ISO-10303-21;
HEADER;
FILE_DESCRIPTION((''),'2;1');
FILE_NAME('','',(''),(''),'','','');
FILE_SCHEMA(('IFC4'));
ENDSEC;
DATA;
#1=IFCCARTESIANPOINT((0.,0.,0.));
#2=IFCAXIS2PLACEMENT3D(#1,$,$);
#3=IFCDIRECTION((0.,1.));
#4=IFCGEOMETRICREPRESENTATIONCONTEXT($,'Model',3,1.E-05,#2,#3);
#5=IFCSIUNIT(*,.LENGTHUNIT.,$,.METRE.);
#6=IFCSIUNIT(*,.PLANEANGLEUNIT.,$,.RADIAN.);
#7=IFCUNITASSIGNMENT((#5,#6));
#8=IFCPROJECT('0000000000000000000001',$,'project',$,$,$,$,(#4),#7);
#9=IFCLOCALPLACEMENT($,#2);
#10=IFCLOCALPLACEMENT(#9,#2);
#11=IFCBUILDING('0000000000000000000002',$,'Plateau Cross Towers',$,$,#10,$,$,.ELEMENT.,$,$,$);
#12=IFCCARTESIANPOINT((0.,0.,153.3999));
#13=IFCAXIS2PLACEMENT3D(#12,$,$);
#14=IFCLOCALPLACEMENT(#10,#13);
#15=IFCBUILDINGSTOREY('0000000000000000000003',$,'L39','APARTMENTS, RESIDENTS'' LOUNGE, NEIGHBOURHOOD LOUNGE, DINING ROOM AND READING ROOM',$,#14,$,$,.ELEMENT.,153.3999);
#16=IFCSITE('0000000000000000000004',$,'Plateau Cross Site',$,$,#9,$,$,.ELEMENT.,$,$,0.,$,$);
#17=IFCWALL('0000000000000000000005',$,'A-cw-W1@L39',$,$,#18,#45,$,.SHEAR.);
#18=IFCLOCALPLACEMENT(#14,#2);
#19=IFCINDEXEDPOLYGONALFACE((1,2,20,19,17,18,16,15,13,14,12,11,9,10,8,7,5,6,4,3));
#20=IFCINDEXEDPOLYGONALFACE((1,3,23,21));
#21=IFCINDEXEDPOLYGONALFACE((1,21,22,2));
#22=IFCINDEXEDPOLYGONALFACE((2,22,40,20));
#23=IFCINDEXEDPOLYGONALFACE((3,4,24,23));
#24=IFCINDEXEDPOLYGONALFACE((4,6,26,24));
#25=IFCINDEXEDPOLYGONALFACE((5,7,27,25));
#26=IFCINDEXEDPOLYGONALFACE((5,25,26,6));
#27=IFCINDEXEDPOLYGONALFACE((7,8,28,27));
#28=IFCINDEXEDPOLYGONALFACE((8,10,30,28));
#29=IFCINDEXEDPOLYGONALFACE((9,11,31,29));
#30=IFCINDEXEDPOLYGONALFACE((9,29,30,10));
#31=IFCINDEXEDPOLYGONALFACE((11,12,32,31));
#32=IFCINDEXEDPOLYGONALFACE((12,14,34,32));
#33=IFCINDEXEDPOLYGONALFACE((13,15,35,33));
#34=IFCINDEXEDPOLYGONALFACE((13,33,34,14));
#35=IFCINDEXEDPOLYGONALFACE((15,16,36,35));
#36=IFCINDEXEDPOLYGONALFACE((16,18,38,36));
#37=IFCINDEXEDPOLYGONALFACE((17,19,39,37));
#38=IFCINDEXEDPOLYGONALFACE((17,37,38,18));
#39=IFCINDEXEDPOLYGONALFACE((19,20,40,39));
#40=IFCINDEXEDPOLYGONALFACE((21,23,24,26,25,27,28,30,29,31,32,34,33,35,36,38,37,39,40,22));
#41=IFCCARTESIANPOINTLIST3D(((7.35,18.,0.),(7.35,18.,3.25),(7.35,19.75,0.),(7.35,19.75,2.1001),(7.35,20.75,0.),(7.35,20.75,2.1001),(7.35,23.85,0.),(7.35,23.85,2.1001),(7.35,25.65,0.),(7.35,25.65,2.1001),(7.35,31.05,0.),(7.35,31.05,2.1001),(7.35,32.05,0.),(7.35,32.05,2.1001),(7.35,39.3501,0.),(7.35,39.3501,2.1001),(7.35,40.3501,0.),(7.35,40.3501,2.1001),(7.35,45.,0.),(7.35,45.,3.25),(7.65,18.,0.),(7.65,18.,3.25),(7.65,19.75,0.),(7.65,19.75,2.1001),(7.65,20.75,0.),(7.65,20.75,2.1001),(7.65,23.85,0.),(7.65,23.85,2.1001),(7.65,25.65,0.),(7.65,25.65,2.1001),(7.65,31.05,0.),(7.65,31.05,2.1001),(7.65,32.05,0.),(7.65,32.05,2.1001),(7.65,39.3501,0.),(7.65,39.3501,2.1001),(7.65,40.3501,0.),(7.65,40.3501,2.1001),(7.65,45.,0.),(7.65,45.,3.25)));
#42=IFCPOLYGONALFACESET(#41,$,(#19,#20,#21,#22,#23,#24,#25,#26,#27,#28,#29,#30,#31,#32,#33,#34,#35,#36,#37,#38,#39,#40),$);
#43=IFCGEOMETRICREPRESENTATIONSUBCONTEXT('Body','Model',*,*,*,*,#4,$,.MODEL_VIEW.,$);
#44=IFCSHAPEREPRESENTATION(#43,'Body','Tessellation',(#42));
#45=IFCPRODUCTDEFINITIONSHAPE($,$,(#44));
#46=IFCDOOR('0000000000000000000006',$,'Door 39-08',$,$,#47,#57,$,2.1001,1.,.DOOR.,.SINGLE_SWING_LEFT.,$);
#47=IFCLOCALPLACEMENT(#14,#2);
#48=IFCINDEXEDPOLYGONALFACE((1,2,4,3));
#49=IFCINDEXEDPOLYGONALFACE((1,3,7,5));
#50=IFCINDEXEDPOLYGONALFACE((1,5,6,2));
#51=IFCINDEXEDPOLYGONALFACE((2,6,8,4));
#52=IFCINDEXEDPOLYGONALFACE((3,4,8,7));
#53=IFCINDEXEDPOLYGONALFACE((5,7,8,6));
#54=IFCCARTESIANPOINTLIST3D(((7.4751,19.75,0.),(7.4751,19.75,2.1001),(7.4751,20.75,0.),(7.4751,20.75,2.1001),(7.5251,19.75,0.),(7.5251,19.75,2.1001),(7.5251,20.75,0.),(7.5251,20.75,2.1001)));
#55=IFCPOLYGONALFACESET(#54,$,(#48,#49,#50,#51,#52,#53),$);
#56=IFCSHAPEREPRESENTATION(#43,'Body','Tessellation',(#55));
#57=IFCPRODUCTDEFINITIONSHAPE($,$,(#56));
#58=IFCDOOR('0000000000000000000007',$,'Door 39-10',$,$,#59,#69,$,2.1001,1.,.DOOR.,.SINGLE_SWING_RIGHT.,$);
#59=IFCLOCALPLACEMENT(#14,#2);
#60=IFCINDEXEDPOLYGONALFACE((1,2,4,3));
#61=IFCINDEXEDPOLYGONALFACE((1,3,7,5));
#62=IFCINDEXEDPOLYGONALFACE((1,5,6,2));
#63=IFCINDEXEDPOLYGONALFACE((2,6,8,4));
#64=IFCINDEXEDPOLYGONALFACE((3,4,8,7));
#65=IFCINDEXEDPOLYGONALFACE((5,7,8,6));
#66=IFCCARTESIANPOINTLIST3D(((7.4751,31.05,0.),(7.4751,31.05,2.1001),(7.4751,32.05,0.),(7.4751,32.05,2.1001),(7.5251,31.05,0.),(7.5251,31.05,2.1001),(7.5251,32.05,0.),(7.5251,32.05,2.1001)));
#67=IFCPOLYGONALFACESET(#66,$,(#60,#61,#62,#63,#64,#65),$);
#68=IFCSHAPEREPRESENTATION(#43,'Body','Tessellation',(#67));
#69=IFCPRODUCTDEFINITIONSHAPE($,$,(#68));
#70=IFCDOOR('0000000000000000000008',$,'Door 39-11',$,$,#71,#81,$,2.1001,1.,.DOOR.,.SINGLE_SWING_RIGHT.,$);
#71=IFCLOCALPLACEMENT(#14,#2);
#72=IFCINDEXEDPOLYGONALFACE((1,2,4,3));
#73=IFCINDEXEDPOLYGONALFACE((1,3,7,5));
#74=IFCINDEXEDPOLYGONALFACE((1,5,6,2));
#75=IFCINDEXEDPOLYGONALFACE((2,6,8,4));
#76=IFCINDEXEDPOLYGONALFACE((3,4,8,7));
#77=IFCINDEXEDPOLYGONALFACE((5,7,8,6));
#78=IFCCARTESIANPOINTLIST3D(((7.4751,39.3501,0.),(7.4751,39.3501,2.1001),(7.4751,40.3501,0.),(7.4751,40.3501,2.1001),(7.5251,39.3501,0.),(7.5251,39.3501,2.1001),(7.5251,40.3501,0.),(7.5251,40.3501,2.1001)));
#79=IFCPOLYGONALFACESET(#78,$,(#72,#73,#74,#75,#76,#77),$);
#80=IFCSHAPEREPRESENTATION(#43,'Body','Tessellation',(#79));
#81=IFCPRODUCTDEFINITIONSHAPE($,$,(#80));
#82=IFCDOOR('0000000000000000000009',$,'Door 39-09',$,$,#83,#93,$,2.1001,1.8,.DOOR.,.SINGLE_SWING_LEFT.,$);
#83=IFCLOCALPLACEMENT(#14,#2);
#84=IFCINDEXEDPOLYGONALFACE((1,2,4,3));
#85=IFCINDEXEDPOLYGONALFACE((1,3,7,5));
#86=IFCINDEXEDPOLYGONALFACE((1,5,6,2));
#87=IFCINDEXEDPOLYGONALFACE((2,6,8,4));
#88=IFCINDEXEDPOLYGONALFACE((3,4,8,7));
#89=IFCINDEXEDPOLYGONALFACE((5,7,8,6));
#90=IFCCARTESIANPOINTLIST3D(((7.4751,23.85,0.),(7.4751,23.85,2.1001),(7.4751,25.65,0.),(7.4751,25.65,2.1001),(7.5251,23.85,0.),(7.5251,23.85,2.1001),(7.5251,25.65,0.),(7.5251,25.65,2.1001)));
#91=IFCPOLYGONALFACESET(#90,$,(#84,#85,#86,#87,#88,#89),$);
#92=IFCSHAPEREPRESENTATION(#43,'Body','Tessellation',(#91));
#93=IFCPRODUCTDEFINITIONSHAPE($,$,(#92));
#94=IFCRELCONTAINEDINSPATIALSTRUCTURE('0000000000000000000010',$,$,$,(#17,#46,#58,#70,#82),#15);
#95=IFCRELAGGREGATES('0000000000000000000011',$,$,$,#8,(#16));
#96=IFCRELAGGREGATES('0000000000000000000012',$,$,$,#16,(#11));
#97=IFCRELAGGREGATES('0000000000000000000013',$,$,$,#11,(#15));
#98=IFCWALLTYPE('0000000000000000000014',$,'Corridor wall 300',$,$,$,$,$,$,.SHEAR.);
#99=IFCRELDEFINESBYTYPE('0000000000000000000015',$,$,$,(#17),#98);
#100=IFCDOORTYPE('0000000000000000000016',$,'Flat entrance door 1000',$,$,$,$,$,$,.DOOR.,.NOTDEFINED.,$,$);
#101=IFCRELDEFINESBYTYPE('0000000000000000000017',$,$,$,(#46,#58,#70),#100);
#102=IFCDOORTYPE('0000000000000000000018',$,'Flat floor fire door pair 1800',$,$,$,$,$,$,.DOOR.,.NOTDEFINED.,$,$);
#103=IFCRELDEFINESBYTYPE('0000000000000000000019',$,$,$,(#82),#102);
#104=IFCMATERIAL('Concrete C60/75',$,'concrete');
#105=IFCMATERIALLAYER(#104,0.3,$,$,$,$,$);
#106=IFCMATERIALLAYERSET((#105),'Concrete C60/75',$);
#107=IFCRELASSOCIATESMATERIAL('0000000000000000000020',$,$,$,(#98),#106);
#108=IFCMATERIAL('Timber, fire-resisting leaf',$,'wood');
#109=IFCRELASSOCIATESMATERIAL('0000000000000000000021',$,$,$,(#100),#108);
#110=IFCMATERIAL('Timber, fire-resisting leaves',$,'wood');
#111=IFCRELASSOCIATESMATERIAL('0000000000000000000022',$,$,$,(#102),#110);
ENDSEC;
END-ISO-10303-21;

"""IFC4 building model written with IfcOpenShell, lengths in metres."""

from ifc_helpers import new_model, si_unit, direction, frame, frame_2d, origin, place, context, subcontext, project, spatial, rectangle, extrude, material, layer, layer_set, type_object, element, fill, save


model = new_model("IFC4")

# Units and contexts
model_context = context("Model", 3, precision=1e-05, world=origin(), true_north=direction((0.0, 1.0)))
body_context = subcontext(model_context, "Body", "Model", "MODEL_VIEW")
ifc_project = project(units=[si_unit("LENGTHUNIT", "METRE"), si_unit("PLANEANGLEUNIT", "RADIAN")], contexts=[model_context])

# Site, building, storey
site_placement = place(None, origin())
site = spatial("IfcSite", under=ifc_project, at=site_placement, Name="Plateau Cross Site", CompositionType="ELEMENT", RefElevation=0.0)
building_placement = place(site_placement, origin())
building = spatial("IfcBuilding", under=site, at=building_placement, Name="Plateau Cross Towers", CompositionType="ELEMENT")
storey_placement = place(building_placement, frame((0.0, 0.0, 153.3999)))
storey = spatial("IfcBuildingStorey", under=building, at=storey_placement, Name="L39", Description="APARTMENTS, RESIDENTS' LOUNGE, NEIGHBOURHOOD LOUNGE, DINING ROOM AND READING ROOM", CompositionType="ELEMENT", Elevation=153.3999)

# Shared definitions
ifc_material_1 = material(Name="Concrete C60/75", Category="concrete")

# Wall, openings, doors
ifc_layer_1 = layer(ifc_material_1, 0.3)
ifc_layer_set_1 = layer_set([ifc_layer_1], Name="Concrete C60/75")
wall_type_1 = type_object("IfcWallType", Name="Corridor wall 300", PredefinedType="SHEAR", material=ifc_layer_set_1)
wall_1_placement = place(storey_placement, frame((7.5, 18.0, 0.0), z_axis=(0.0, 0.0, 1.0), x_axis=(0.0, 1.0, 0.0)))
wall_1 = element("IfcWall", 1, at=wall_1_placement, inside=storey, type_object=wall_type_1, Name="A-cw-W1@L39", PredefinedType="SHEAR", context=body_context, shape_type="SweptSolid", body=[
    extrude(rectangle(XDim=27.0, YDim=0.3, at=frame_2d((13.5, 0.0))), origin(), (0.0, 0.0, 1.0), 3.25),
])
opening_1_placement = place(wall_1_placement, frame((1.75, 0.0, 0.0)))
opening_1 = element("IfcOpeningElement", 2, at=opening_1_placement, cuts=wall_1, PredefinedType="OPENING", context=body_context, shape_type="SweptSolid", body=[
    extrude(rectangle(XDim=1.0, YDim=2.1001, at=frame_2d((0.5, 1.05))), frame((0.0, 0.1599, 0.0), z_axis=(0.0, -1.0, 0.0), x_axis=(1.0, 0.0, 0.0)), (0.0, 0.0, 1.0), 0.3201),
])
opening_2_placement = place(wall_1_placement, frame((5.8501, 0.0, 0.0)))
opening_2 = element("IfcOpeningElement", 3, at=opening_2_placement, cuts=wall_1, PredefinedType="OPENING", context=body_context, shape_type="SweptSolid", body=[
    extrude(rectangle(XDim=1.8, YDim=2.1001, at=frame_2d((0.8999, 1.05))), frame((0.0, 0.1599, 0.0), z_axis=(0.0, -1.0, 0.0), x_axis=(1.0, 0.0, 0.0)), (0.0, 0.0, 1.0), 0.3201),
])
opening_3_placement = place(wall_1_placement, frame((13.05, 0.0, 0.0)))
opening_3 = element("IfcOpeningElement", 4, at=opening_3_placement, cuts=wall_1, PredefinedType="OPENING", context=body_context, shape_type="SweptSolid", body=[
    extrude(rectangle(XDim=1.0, YDim=2.1001, at=frame_2d((0.5, 1.05))), frame((0.0, 0.1599, 0.0), z_axis=(0.0, -1.0, 0.0), x_axis=(1.0, 0.0, 0.0)), (0.0, 0.0, 1.0), 0.3201),
])
opening_4_placement = place(wall_1_placement, frame((21.3501, 0.0, 0.0)))
opening_4 = element("IfcOpeningElement", 5, at=opening_4_placement, cuts=wall_1, PredefinedType="OPENING", context=body_context, shape_type="SweptSolid", body=[
    extrude(rectangle(XDim=1.0, YDim=2.1001, at=frame_2d((0.5, 1.05))), frame((0.0, 0.1599, 0.0), z_axis=(0.0, -1.0, 0.0), x_axis=(1.0, 0.0, 0.0)), (0.0, 0.0, 1.0), 0.3201),
])
ifc_material_2 = material(Name="Timber, fire-resisting leaf", Category="wood")
door_type_1 = type_object("IfcDoorType", Name="Flat entrance door 1000", OperationType="NOTDEFINED", PredefinedType="DOOR", material=ifc_material_2)
door_1_placement = place(opening_1_placement, origin())
door_1 = element("IfcDoor", 6, at=door_1_placement, inside=storey, type_object=door_type_1, Name="Door 39-08", OperationType="SINGLE_SWING_LEFT", OverallHeight=2.1001, OverallWidth=1.0, PredefinedType="DOOR", context=body_context, shape_type="SweptSolid", body=[
    extrude(rectangle(XDim=1.0, YDim=2.1001, at=frame_2d((0.5, 1.05))), frame((0.0, 0.0249, 0.0), z_axis=(0.0, -1.0, 0.0), x_axis=(1.0, 0.0, 0.0)), (0.0, 0.0, 1.0), 0.05),
])
fill(opening_1, door_1)
door_2_placement = place(opening_3_placement, origin())
door_2 = element("IfcDoor", 7, at=door_2_placement, inside=storey, type_object=door_type_1, Name="Door 39-10", OperationType="SINGLE_SWING_RIGHT", OverallHeight=2.1001, OverallWidth=1.0, PredefinedType="DOOR", context=body_context, shape_type="SweptSolid", body=[
    extrude(rectangle(XDim=1.0, YDim=2.1001, at=frame_2d((0.5, 1.05))), frame((0.0, 0.0249, 0.0), z_axis=(0.0, -1.0, 0.0), x_axis=(1.0, 0.0, 0.0)), (0.0, 0.0, 1.0), 0.05),
])
fill(opening_3, door_2)
door_3_placement = place(opening_4_placement, origin())
door_3 = element("IfcDoor", 8, at=door_3_placement, inside=storey, type_object=door_type_1, Name="Door 39-11", OperationType="SINGLE_SWING_RIGHT", OverallHeight=2.1001, OverallWidth=1.0, PredefinedType="DOOR", context=body_context, shape_type="SweptSolid", body=[
    extrude(rectangle(XDim=1.0, YDim=2.1001, at=frame_2d((0.5, 1.05))), frame((0.0, 0.0249, 0.0), z_axis=(0.0, -1.0, 0.0), x_axis=(1.0, 0.0, 0.0)), (0.0, 0.0, 1.0), 0.05),
])
fill(opening_4, door_3)
ifc_material_3 = material(Name="Timber, fire-resisting leaves", Category="wood")
door_type_2 = type_object("IfcDoorType", Name="Flat floor fire door pair 1800", OperationType="NOTDEFINED", PredefinedType="DOOR", material=ifc_material_3)
door_4_placement = place(opening_2_placement, origin())
door_4 = element("IfcDoor", 9, at=door_4_placement, inside=storey, type_object=door_type_2, Name="Door 39-09", OperationType="SINGLE_SWING_LEFT", OverallHeight=2.1001, OverallWidth=1.8, PredefinedType="DOOR", context=body_context, shape_type="SweptSolid", body=[
    extrude(rectangle(XDim=1.8, YDim=2.1001, at=frame_2d((0.8999, 1.05))), frame((0.0, 0.0249, 0.0), z_axis=(0.0, -1.0, 0.0), x_axis=(1.0, 0.0, 0.0)), (0.0, 0.0, 1.0), 0.05),
])
fill(opening_2, door_4)

save(model, "model.ifc")
